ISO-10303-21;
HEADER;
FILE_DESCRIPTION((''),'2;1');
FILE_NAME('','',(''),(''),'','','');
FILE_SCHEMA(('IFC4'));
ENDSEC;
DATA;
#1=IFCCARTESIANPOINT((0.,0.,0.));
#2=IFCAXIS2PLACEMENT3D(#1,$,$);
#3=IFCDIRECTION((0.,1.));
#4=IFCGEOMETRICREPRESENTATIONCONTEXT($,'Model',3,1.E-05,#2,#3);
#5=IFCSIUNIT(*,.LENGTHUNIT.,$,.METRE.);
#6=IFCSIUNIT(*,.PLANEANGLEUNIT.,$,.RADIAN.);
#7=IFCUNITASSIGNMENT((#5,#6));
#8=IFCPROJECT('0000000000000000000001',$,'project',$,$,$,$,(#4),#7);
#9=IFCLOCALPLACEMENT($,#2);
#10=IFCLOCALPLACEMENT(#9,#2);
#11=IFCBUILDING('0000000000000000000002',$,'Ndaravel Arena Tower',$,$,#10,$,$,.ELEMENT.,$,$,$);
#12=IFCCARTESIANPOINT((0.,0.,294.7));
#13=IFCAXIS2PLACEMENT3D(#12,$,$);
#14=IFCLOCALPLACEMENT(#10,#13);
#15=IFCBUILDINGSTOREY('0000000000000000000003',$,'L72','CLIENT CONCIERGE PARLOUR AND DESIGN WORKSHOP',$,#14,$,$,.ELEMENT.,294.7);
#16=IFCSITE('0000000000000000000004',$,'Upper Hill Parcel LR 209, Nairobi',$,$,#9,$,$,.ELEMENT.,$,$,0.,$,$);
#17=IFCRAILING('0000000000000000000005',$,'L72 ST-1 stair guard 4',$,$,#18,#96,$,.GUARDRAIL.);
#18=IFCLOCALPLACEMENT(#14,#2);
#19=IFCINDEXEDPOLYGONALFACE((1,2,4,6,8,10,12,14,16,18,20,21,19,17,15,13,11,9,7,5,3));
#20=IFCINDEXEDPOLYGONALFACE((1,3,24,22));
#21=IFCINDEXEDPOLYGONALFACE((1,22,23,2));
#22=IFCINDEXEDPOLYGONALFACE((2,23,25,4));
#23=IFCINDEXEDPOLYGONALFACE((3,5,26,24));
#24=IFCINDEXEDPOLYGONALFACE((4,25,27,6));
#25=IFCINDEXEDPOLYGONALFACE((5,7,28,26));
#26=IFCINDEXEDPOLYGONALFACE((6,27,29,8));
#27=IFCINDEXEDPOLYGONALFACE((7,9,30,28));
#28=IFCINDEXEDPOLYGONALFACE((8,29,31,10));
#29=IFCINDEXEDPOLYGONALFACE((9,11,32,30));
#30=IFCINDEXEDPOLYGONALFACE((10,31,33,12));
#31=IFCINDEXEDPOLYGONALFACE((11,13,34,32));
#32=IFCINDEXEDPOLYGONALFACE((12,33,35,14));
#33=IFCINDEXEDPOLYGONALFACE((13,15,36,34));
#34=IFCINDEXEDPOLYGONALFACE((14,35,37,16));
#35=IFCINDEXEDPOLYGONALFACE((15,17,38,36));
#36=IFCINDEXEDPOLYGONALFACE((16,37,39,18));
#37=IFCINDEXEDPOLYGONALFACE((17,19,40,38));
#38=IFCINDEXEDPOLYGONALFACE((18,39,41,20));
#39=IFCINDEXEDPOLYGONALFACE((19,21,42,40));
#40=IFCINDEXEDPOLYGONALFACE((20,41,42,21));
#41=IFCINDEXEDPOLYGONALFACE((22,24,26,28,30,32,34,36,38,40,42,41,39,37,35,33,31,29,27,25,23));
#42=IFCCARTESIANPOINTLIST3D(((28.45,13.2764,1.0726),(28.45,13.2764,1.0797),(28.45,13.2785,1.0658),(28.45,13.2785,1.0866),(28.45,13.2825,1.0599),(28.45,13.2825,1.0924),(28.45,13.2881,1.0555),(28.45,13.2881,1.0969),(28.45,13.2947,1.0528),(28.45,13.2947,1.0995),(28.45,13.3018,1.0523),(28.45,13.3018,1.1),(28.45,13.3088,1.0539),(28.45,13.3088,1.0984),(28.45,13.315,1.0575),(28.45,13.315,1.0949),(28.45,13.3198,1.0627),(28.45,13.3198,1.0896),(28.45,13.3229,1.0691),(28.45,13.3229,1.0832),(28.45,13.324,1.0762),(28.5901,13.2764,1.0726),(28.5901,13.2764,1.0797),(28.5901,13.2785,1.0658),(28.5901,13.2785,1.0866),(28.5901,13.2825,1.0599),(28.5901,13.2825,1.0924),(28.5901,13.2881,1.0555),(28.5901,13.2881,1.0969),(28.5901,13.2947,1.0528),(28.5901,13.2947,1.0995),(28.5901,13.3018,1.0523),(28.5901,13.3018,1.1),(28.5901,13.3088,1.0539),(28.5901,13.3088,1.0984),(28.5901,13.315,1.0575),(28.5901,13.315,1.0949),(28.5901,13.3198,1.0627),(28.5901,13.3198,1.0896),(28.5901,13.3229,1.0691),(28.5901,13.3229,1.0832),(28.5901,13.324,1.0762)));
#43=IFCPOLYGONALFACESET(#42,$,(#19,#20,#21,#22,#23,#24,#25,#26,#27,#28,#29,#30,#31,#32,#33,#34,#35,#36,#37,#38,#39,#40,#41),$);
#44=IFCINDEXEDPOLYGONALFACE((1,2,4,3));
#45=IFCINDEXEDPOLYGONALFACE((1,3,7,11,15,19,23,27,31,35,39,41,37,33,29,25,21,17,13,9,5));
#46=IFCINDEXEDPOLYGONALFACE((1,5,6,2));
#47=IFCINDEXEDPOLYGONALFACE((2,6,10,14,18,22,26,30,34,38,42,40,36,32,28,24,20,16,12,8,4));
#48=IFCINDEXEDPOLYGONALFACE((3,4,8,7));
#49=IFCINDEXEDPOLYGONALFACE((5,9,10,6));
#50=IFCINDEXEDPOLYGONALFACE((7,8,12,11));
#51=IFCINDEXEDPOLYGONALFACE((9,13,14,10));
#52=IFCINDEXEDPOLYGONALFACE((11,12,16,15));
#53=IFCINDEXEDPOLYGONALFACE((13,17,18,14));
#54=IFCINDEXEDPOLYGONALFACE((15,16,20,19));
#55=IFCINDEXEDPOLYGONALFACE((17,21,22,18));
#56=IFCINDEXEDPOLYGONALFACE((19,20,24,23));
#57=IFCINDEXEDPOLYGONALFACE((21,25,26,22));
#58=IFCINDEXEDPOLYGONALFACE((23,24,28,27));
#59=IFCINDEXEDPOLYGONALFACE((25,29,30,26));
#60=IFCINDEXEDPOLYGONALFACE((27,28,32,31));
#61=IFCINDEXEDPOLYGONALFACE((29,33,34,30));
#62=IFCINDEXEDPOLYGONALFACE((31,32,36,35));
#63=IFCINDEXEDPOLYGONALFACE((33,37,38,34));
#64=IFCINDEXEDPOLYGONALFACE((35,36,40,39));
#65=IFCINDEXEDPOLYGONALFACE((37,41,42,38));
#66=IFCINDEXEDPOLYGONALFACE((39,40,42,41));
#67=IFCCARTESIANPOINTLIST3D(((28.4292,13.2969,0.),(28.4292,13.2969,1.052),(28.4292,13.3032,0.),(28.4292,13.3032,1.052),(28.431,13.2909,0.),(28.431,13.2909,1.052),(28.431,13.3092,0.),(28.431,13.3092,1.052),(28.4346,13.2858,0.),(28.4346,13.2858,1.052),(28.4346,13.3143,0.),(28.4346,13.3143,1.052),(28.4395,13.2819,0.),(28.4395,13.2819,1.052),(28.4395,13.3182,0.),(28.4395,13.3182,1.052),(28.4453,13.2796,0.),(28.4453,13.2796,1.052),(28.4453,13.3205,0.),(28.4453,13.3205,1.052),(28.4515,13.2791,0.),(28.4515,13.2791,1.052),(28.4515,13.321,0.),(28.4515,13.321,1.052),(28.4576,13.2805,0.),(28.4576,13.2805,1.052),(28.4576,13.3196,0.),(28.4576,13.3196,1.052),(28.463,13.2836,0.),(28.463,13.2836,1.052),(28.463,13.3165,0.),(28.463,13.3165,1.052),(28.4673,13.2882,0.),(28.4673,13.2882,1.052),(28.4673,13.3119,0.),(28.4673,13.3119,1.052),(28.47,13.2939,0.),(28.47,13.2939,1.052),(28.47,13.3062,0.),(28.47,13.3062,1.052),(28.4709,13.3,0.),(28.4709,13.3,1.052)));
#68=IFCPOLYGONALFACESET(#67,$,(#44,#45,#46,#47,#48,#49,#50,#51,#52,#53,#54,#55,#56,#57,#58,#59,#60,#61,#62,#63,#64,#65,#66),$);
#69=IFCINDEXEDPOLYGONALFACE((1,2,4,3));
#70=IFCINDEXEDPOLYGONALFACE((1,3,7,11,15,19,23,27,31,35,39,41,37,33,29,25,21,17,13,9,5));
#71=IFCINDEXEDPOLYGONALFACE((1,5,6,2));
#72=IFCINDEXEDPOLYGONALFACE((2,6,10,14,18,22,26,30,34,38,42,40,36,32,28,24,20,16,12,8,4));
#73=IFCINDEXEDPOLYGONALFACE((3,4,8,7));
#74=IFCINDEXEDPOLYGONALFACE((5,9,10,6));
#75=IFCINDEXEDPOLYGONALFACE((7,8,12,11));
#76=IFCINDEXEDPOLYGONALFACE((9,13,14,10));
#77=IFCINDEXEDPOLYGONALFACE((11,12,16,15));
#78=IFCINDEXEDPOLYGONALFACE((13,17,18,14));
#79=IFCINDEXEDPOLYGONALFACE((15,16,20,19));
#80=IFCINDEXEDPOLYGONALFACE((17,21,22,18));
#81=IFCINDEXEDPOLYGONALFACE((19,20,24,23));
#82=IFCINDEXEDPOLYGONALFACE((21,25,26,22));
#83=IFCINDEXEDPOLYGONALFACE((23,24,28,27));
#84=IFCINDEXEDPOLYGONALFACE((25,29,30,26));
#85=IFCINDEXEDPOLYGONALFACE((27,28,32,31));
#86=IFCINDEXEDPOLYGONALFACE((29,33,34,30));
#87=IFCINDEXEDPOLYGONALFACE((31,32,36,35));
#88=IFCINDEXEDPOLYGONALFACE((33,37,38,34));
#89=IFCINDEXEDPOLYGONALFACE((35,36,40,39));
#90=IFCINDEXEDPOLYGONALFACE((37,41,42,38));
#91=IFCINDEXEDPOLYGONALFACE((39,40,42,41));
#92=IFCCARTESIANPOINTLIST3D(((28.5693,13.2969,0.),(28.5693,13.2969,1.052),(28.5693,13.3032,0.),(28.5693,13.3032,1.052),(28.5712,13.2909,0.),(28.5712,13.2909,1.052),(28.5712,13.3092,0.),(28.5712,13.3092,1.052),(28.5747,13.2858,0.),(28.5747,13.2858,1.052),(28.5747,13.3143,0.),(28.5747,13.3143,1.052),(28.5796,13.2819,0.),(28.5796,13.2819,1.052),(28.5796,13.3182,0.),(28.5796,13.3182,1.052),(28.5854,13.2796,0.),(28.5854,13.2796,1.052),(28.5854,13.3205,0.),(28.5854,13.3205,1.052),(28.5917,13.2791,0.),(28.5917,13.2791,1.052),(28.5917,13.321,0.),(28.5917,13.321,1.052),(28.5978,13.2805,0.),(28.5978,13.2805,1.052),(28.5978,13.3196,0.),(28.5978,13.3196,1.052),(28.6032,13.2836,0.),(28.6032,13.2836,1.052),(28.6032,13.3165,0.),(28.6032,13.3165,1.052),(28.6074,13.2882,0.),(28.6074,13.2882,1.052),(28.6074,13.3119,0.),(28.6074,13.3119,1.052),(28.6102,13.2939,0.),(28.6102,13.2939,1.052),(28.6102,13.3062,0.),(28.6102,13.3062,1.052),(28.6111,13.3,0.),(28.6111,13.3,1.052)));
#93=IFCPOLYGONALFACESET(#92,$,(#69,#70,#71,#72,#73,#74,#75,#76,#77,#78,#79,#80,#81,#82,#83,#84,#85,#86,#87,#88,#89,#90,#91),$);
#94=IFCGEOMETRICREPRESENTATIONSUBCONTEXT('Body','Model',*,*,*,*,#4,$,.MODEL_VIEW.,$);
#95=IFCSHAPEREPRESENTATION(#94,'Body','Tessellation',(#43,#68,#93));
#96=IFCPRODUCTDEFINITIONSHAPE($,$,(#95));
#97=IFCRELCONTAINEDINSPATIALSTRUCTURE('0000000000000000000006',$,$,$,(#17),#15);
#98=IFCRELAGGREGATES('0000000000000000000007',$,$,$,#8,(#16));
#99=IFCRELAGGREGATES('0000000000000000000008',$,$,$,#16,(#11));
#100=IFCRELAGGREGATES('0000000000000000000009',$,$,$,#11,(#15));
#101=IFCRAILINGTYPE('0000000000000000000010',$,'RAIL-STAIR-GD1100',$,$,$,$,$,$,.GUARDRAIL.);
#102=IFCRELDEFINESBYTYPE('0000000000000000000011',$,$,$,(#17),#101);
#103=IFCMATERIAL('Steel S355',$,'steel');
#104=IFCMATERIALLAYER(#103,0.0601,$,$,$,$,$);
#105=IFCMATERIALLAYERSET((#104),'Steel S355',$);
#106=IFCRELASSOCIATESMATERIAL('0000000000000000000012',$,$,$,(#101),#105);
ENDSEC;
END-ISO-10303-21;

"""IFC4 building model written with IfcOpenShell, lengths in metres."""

from ifc_helpers import new_model, si_unit, direction, frame, origin, origin_2d, place, context, subcontext, project, spatial, circle, extrude, material, layer, layer_set, type_object, element, save


model = new_model("IFC4")

# Units and contexts
model_context = context("Model", 3, precision=1e-05, world=origin(), true_north=direction((0.0, 1.0)))
body_context = subcontext(model_context, "Body", "Model", "MODEL_VIEW")
ifc_project = project(units=[si_unit("LENGTHUNIT", "METRE"), si_unit("PLANEANGLEUNIT", "RADIAN")], contexts=[model_context])

# Site, building, storey
site_placement = place(None, origin())
site = spatial("IfcSite", under=ifc_project, at=site_placement, Name="Upper Hill Parcel LR 209, Nairobi", CompositionType="ELEMENT", RefElevation=0.0)
building_placement = place(site_placement, origin())
building = spatial("IfcBuilding", under=site, at=building_placement, Name="Ndaravel Arena Tower", CompositionType="ELEMENT")
storey_placement = place(building_placement, frame((0.0, 0.0, 294.7)))
storey = spatial("IfcBuildingStorey", under=building, at=storey_placement, Name="L72", Description="CLIENT CONCIERGE PARLOUR AND DESIGN WORKSHOP", CompositionType="ELEMENT", Elevation=294.7)

# Railing
ifc_material_1 = material(Name="Steel S355", Category="steel")
ifc_layer_1 = layer(ifc_material_1, 0.0601)
ifc_layer_set_1 = layer_set([ifc_layer_1], Name="Steel S355")
railing_type_1 = type_object("IfcRailingType", Name="RAIL-STAIR-GD1100", PredefinedType="GUARDRAIL", material=ifc_layer_set_1)
railing_1_placement = place(storey_placement, frame((28.45, 13.3, 0.0)))
element("IfcRailing", 1, at=railing_1_placement, inside=storey, type_object=railing_type_1, Name="L72 ST-1 stair guard 4", PredefinedType="GUARDRAIL", context=body_context, shape_type="SweptSolid", body=[
    extrude(circle(Radius=0.0239, at=origin_2d()), frame((0.0, 0.0, 1.0762), z_axis=(1.0, 0.0, 0.0), x_axis=(0.0, 1.0, 0.0)), (0.0, 0.0, 1.0), 0.1401),
    extrude(circle(Radius=0.021, at=origin_2d()), origin(), (0.0, 0.0, 1.0), 1.052),
    extrude(circle(Radius=0.021, at=origin_2d()), frame((0.1401, 0.0, 0.0)), (0.0, 0.0, 1.0), 1.052),
])

save(model, "model.ifc")
